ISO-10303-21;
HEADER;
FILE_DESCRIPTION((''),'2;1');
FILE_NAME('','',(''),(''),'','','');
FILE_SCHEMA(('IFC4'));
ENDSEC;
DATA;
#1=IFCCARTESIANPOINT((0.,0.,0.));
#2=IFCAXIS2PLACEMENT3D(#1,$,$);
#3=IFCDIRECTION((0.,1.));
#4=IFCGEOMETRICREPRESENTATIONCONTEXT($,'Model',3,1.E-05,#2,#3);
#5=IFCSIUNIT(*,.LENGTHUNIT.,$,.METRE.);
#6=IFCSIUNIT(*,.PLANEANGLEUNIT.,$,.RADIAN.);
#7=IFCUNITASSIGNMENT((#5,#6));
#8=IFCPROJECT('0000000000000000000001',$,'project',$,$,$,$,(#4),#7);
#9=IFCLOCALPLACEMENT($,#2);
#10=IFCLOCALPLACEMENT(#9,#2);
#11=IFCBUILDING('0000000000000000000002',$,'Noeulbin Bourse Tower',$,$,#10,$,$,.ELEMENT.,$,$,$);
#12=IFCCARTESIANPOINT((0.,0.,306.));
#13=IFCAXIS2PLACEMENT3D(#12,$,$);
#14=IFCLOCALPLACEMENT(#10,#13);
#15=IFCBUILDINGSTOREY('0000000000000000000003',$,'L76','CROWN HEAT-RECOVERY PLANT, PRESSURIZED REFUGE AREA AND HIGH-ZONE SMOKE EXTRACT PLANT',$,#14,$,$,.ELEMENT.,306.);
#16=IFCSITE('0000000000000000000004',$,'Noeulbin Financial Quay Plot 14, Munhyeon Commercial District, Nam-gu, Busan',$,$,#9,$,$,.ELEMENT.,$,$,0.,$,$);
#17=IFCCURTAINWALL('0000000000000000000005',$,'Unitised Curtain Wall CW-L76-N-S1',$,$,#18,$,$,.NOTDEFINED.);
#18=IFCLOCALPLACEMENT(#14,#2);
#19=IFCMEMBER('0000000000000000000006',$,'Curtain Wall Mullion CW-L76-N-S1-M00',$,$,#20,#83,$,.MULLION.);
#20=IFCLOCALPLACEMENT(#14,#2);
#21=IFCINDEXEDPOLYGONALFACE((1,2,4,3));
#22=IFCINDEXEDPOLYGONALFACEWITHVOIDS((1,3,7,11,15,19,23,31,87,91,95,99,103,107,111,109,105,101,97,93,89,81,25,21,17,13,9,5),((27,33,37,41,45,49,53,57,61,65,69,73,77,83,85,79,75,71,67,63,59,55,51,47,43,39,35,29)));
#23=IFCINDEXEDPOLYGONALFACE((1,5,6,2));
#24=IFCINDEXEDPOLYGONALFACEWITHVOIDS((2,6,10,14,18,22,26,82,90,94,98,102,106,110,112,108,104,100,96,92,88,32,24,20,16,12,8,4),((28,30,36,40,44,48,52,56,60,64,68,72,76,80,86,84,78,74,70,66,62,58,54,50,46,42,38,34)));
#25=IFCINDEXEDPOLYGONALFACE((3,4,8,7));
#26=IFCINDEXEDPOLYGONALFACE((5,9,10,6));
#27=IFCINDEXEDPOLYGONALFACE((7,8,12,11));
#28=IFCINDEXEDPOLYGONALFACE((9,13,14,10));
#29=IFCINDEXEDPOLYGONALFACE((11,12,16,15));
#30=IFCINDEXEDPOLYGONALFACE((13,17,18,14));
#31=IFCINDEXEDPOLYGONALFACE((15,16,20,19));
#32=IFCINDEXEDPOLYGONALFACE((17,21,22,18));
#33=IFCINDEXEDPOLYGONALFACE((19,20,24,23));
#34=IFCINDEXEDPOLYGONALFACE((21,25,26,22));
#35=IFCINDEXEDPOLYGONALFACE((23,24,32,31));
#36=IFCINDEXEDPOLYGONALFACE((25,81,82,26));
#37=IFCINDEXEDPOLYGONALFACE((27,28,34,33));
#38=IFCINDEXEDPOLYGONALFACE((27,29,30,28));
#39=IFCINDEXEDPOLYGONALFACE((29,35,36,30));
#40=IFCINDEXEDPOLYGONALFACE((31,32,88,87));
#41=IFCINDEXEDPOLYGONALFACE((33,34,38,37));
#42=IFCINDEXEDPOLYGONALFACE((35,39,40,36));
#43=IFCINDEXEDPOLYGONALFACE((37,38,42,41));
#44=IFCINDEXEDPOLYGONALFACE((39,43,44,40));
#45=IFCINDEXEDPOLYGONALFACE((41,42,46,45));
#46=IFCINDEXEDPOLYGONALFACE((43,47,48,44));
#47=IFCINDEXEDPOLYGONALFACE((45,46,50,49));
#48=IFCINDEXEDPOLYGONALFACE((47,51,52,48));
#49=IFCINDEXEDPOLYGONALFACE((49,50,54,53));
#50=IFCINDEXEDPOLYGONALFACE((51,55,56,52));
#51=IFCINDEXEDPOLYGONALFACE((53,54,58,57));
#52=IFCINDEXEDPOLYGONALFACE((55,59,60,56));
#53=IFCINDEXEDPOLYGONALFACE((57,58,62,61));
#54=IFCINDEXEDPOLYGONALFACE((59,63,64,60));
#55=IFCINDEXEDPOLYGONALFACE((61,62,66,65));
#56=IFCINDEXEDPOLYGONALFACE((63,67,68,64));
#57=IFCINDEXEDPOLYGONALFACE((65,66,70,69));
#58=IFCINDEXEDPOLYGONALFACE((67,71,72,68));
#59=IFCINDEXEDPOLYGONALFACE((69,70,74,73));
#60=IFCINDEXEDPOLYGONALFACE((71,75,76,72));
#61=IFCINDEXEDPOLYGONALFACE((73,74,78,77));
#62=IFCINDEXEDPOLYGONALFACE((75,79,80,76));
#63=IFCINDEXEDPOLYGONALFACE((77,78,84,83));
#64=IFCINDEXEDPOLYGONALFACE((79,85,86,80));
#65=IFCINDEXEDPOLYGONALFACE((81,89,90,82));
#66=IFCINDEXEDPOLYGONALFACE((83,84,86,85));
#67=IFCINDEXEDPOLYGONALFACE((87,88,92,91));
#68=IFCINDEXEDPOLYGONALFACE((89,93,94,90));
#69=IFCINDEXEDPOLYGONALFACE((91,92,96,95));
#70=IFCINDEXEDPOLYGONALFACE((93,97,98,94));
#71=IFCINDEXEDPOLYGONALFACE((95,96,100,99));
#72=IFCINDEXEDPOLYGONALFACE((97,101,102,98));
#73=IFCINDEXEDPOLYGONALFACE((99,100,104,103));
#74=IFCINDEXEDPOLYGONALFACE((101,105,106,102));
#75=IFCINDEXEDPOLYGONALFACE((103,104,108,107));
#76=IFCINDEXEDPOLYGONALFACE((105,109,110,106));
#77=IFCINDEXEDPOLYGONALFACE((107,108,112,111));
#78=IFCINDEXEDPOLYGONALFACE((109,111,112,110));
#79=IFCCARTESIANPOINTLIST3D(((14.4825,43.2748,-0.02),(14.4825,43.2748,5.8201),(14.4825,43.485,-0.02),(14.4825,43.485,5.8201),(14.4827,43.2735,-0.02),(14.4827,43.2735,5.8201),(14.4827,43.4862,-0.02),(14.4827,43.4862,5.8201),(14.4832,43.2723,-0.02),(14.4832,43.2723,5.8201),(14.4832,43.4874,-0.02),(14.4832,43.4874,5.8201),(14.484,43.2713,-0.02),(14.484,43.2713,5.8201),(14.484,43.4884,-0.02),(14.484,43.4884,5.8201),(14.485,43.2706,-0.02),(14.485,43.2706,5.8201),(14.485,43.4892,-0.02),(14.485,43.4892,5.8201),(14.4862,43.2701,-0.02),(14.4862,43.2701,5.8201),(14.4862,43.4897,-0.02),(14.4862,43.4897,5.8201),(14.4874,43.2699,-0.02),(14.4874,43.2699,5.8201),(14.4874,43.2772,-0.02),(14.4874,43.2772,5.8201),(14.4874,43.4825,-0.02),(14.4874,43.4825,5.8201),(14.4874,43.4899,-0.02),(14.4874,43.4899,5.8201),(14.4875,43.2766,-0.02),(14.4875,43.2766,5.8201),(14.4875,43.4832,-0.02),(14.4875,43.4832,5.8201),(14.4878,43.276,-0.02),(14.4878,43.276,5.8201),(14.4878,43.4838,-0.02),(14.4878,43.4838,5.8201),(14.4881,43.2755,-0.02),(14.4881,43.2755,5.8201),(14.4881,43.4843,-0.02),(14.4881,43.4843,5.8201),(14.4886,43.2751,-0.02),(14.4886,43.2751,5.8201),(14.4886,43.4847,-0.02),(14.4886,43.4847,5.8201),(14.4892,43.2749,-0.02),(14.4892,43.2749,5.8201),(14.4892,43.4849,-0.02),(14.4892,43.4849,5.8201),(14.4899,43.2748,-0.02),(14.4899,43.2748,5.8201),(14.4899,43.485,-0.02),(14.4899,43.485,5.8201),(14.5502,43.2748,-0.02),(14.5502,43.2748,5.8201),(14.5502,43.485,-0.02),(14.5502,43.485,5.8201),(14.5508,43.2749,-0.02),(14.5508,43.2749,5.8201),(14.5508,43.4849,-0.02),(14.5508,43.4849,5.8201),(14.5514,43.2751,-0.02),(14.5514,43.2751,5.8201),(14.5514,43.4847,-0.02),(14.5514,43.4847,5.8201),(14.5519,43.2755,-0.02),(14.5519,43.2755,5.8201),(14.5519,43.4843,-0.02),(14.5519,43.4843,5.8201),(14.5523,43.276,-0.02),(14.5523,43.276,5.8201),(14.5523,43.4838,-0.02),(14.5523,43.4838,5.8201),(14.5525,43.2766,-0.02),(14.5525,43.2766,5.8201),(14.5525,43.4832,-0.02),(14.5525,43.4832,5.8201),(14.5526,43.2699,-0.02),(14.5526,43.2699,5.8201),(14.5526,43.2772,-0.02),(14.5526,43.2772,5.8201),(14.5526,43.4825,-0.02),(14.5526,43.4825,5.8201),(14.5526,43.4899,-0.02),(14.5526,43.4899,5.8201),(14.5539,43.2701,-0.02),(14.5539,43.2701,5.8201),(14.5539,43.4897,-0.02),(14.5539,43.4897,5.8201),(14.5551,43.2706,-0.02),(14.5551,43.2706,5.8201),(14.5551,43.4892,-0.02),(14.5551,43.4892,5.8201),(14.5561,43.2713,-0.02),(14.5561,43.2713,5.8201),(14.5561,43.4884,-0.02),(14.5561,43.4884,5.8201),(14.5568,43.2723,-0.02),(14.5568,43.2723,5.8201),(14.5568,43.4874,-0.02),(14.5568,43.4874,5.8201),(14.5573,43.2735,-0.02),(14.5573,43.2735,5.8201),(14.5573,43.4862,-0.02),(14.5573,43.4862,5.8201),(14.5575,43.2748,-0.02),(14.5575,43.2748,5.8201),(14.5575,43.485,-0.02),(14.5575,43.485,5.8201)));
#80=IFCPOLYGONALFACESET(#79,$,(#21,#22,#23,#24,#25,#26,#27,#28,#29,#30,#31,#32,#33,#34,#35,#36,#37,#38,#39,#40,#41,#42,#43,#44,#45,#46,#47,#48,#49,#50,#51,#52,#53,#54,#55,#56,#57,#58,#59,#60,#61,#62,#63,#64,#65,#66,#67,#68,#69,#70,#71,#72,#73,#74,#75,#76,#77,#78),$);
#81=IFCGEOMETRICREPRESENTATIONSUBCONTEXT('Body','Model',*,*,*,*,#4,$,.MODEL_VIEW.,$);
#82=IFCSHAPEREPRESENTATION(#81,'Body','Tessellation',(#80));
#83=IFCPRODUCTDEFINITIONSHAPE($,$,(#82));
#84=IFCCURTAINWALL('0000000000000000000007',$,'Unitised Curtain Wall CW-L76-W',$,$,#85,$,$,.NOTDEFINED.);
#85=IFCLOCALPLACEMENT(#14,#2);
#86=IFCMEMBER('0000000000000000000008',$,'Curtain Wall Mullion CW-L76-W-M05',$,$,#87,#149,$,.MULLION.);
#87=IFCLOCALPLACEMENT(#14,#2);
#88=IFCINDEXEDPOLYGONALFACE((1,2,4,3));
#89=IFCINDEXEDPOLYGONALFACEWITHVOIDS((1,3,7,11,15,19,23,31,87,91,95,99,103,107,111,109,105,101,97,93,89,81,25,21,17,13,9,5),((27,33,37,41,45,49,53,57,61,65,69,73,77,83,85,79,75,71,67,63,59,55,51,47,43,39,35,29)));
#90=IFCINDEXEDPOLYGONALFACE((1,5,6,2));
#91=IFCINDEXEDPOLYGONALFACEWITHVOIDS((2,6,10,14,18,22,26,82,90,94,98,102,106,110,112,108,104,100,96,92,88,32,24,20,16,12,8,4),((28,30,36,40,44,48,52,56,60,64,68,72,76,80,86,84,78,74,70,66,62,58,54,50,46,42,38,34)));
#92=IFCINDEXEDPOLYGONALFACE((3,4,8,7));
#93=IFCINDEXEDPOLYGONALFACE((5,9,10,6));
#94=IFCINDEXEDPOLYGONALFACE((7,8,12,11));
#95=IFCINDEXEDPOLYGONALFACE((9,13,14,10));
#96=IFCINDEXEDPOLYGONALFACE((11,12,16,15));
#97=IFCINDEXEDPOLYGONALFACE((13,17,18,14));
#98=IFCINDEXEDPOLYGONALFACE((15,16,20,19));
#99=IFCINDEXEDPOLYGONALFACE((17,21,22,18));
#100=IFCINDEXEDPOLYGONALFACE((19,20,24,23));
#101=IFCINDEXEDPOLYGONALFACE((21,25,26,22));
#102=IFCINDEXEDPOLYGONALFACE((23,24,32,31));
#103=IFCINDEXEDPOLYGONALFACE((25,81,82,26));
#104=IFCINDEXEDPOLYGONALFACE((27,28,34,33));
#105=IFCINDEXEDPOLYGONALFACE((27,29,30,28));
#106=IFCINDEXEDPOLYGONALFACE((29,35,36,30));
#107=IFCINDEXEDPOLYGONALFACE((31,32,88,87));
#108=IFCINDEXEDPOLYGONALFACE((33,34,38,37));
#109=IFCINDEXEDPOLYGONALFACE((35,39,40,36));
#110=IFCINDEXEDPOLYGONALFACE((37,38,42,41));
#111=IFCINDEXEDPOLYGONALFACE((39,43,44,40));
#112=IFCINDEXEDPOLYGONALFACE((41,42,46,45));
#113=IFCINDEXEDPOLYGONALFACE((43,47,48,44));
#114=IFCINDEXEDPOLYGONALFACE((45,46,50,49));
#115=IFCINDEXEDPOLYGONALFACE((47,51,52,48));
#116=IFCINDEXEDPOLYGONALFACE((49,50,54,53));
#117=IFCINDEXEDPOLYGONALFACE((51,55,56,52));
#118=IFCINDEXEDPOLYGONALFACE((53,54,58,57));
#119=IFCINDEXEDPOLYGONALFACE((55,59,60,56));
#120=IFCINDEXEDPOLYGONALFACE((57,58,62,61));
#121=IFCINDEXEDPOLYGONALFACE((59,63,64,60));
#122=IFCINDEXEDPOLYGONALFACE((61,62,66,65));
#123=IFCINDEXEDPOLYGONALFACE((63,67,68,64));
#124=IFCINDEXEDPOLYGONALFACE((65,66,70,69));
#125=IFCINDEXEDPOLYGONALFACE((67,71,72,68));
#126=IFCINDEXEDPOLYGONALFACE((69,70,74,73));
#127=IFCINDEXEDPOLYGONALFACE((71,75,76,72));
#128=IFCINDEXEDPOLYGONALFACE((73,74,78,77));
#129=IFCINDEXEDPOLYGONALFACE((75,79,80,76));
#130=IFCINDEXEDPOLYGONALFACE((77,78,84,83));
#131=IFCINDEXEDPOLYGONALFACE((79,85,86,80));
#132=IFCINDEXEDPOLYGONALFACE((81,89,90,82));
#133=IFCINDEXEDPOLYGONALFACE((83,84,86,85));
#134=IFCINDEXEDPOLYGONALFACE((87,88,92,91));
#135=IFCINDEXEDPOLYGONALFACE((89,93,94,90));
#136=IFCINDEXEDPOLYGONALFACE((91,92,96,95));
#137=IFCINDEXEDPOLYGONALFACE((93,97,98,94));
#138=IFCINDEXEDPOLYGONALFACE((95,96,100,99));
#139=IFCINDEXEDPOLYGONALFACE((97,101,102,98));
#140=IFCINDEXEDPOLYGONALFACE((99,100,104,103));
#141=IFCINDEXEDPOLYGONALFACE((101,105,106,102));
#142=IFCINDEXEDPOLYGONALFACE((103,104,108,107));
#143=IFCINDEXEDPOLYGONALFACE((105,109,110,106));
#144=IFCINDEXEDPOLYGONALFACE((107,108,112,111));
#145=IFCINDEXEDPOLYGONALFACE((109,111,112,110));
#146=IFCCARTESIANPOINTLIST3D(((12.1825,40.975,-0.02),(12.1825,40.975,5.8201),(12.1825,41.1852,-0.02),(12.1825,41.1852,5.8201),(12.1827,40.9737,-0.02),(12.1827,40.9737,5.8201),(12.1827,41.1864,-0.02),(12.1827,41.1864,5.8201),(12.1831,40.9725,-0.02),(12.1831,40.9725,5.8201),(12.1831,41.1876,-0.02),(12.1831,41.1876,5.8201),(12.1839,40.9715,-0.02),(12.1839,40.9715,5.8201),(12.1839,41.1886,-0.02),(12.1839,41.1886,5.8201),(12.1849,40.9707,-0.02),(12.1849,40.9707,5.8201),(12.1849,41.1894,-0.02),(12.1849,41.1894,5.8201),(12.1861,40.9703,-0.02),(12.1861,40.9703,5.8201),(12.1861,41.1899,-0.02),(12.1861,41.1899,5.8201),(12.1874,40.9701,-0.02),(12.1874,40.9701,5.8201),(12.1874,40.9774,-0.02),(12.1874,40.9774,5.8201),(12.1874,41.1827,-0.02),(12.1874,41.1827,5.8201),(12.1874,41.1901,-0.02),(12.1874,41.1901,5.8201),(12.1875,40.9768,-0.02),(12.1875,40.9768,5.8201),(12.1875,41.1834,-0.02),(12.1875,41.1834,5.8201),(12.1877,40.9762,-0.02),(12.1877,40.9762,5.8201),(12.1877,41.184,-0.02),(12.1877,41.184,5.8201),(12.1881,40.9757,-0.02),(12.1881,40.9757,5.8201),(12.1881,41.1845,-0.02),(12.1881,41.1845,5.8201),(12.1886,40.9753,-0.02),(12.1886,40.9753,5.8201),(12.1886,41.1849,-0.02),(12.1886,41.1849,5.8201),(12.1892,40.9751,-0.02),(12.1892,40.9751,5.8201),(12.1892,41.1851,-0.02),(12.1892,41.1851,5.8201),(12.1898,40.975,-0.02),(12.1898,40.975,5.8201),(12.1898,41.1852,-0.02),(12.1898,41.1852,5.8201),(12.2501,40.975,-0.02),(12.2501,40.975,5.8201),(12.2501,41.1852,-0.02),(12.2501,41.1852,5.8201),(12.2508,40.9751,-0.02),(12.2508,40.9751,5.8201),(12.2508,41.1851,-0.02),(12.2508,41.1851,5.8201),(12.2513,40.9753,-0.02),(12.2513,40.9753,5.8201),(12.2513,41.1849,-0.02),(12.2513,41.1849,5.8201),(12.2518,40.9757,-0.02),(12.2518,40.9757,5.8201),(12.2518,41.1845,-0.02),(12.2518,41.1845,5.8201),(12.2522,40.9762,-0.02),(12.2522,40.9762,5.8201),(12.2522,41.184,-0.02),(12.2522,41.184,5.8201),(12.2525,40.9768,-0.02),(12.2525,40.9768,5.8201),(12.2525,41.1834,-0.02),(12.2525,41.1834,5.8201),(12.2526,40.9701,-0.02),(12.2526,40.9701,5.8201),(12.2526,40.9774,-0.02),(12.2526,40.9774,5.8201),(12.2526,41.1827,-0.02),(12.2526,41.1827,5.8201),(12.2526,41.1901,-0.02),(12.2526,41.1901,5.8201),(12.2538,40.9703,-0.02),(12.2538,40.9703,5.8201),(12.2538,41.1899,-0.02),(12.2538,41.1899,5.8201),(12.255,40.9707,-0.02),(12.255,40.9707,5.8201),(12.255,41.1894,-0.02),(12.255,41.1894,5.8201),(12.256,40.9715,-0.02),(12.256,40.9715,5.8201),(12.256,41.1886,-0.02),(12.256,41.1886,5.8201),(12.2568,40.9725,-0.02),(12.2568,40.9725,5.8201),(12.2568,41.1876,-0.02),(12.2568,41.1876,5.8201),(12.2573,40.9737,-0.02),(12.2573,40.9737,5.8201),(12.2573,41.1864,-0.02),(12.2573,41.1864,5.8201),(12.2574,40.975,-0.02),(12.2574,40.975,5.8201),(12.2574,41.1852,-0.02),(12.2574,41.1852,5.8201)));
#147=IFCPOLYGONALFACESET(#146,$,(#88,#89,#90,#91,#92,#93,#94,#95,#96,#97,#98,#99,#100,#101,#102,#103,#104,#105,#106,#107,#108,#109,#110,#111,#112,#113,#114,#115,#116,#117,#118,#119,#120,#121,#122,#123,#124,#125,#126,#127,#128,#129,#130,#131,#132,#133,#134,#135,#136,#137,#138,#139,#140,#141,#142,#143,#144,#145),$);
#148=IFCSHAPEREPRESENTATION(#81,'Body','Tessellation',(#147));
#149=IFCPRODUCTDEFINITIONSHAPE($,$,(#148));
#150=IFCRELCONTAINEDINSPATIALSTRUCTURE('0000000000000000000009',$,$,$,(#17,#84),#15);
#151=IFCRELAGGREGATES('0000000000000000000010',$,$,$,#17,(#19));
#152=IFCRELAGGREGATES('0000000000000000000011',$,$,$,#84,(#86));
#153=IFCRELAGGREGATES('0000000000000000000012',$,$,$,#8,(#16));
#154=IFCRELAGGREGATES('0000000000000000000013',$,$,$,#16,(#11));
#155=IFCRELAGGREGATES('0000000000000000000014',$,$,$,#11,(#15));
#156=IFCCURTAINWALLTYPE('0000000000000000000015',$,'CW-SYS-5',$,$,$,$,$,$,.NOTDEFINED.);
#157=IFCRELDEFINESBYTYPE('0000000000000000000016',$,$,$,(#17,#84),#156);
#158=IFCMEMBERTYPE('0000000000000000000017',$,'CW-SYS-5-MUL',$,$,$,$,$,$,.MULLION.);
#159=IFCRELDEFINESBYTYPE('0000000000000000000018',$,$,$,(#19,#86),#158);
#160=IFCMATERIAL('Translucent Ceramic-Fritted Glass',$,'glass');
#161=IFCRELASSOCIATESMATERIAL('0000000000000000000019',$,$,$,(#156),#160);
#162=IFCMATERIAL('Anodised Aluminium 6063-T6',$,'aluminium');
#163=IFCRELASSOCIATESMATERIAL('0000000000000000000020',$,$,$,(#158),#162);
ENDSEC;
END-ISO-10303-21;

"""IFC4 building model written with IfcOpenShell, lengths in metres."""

from ifc_helpers import new_model, si_unit, direction, frame, origin, origin_2d, place, context, subcontext, project, spatial, hollow_rectangle, extrude, material, material_profile, profile_set, type_object, element, aggregate, save


model = new_model("IFC4")

# Units and contexts
model_context = context("Model", 3, precision=1e-05, world=origin(), true_north=direction((0.0, 1.0)))
body_context = subcontext(model_context, "Body", "Model", "MODEL_VIEW")
ifc_project = project(units=[si_unit("LENGTHUNIT", "METRE"), si_unit("PLANEANGLEUNIT", "RADIAN")], contexts=[model_context])

# Site, building, storey
site_placement = place(None, origin())
site = spatial("IfcSite", under=ifc_project, at=site_placement, Name="Noeulbin Financial Quay Plot 14, Munhyeon Commercial District, Nam-gu, Busan", CompositionType="ELEMENT", RefElevation=0.0)
building_placement = place(site_placement, origin())
building = spatial("IfcBuilding", under=site, at=building_placement, Name="Noeulbin Bourse Tower", CompositionType="ELEMENT")
storey_placement = place(building_placement, frame((0.0, 0.0, 306.0)))
storey = spatial("IfcBuildingStorey", under=building, at=storey_placement, Name="L76", Description="CROWN HEAT-RECOVERY PLANT, PRESSURIZED REFUGE AREA AND HIGH-ZONE SMOKE EXTRACT PLANT", CompositionType="ELEMENT", Elevation=306.0)

# Curtain walls, members
ifc_material_1 = material(Name="Translucent Ceramic-Fritted Glass", Category="glass")
curtain_wall_type = type_object("IfcCurtainWallType", Name="CW-SYS-5", PredefinedType="NOTDEFINED", material=ifc_material_1)
curtain_wall_1_placement = place(storey_placement, origin())
curtain_wall_1 = element("IfcCurtainWall", 1, at=curtain_wall_1_placement, inside=storey, type_object=curtain_wall_type, Name="Unitised Curtain Wall CW-L76-N-S1", PredefinedType="NOTDEFINED")
ifc_material_2 = material(Name="Anodised Aluminium 6063-T6", Category="aluminium")
ifc_material_profile_1 = material_profile(ifc_material_2, hollow_rectangle(XDim=0.075, YDim=0.22, WallThickness=0.0049, InnerFilletRadius=0.0024, OuterFilletRadius=0.0049, at=origin_2d()), Name="ALU-MULL-75x220x5", Category="LoadBearing")
ifc_profile_set_1 = profile_set([ifc_material_profile_1], Name="Anodised Aluminium 6063-T6")
member_type_1 = type_object("IfcMemberType", Name="CW-SYS-5-MUL", PredefinedType="MULLION", material=ifc_profile_set_1)
member_1_placement = place(storey_placement, frame((14.52, 43.3799, -0.02), z_axis=(0.0, 0.0, 1.0), x_axis=(1.0, 0.0, 0.0)))
member_1 = element("IfcMember", 2, at=member_1_placement, type_object=member_type_1, Name="Curtain Wall Mullion CW-L76-N-S1-M00", PredefinedType="MULLION", context=body_context, shape_type="SweptSolid", body=[
    extrude(hollow_rectangle(XDim=0.075, YDim=0.22, WallThickness=0.0049, InnerFilletRadius=0.0024, OuterFilletRadius=0.0049, at=origin_2d()), origin(), (0.0, 0.0, 1.0), 5.8401),
])
curtain_wall_2_placement = place(storey_placement, origin())
curtain_wall_2 = element("IfcCurtainWall", 3, at=curtain_wall_2_placement, inside=storey, type_object=curtain_wall_type, Name="Unitised Curtain Wall CW-L76-W", PredefinedType="NOTDEFINED")
member_2_placement = place(storey_placement, frame((12.22, 41.0801, -0.02), z_axis=(0.0, 0.0, 1.0), x_axis=(1.0, 0.0, 0.0)))
member_2 = element("IfcMember", 4, at=member_2_placement, type_object=member_type_1, Name="Curtain Wall Mullion CW-L76-W-M05", PredefinedType="MULLION", context=body_context, shape_type="SweptSolid", body=[
    extrude(hollow_rectangle(XDim=0.075, YDim=0.22, WallThickness=0.0049, InnerFilletRadius=0.0024, OuterFilletRadius=0.0049, at=origin_2d()), origin(), (0.0, 0.0, 1.0), 5.8401),
])

aggregate(curtain_wall_1, [member_1])
aggregate(curtain_wall_2, [member_2])

save(model, "model.ifc")
